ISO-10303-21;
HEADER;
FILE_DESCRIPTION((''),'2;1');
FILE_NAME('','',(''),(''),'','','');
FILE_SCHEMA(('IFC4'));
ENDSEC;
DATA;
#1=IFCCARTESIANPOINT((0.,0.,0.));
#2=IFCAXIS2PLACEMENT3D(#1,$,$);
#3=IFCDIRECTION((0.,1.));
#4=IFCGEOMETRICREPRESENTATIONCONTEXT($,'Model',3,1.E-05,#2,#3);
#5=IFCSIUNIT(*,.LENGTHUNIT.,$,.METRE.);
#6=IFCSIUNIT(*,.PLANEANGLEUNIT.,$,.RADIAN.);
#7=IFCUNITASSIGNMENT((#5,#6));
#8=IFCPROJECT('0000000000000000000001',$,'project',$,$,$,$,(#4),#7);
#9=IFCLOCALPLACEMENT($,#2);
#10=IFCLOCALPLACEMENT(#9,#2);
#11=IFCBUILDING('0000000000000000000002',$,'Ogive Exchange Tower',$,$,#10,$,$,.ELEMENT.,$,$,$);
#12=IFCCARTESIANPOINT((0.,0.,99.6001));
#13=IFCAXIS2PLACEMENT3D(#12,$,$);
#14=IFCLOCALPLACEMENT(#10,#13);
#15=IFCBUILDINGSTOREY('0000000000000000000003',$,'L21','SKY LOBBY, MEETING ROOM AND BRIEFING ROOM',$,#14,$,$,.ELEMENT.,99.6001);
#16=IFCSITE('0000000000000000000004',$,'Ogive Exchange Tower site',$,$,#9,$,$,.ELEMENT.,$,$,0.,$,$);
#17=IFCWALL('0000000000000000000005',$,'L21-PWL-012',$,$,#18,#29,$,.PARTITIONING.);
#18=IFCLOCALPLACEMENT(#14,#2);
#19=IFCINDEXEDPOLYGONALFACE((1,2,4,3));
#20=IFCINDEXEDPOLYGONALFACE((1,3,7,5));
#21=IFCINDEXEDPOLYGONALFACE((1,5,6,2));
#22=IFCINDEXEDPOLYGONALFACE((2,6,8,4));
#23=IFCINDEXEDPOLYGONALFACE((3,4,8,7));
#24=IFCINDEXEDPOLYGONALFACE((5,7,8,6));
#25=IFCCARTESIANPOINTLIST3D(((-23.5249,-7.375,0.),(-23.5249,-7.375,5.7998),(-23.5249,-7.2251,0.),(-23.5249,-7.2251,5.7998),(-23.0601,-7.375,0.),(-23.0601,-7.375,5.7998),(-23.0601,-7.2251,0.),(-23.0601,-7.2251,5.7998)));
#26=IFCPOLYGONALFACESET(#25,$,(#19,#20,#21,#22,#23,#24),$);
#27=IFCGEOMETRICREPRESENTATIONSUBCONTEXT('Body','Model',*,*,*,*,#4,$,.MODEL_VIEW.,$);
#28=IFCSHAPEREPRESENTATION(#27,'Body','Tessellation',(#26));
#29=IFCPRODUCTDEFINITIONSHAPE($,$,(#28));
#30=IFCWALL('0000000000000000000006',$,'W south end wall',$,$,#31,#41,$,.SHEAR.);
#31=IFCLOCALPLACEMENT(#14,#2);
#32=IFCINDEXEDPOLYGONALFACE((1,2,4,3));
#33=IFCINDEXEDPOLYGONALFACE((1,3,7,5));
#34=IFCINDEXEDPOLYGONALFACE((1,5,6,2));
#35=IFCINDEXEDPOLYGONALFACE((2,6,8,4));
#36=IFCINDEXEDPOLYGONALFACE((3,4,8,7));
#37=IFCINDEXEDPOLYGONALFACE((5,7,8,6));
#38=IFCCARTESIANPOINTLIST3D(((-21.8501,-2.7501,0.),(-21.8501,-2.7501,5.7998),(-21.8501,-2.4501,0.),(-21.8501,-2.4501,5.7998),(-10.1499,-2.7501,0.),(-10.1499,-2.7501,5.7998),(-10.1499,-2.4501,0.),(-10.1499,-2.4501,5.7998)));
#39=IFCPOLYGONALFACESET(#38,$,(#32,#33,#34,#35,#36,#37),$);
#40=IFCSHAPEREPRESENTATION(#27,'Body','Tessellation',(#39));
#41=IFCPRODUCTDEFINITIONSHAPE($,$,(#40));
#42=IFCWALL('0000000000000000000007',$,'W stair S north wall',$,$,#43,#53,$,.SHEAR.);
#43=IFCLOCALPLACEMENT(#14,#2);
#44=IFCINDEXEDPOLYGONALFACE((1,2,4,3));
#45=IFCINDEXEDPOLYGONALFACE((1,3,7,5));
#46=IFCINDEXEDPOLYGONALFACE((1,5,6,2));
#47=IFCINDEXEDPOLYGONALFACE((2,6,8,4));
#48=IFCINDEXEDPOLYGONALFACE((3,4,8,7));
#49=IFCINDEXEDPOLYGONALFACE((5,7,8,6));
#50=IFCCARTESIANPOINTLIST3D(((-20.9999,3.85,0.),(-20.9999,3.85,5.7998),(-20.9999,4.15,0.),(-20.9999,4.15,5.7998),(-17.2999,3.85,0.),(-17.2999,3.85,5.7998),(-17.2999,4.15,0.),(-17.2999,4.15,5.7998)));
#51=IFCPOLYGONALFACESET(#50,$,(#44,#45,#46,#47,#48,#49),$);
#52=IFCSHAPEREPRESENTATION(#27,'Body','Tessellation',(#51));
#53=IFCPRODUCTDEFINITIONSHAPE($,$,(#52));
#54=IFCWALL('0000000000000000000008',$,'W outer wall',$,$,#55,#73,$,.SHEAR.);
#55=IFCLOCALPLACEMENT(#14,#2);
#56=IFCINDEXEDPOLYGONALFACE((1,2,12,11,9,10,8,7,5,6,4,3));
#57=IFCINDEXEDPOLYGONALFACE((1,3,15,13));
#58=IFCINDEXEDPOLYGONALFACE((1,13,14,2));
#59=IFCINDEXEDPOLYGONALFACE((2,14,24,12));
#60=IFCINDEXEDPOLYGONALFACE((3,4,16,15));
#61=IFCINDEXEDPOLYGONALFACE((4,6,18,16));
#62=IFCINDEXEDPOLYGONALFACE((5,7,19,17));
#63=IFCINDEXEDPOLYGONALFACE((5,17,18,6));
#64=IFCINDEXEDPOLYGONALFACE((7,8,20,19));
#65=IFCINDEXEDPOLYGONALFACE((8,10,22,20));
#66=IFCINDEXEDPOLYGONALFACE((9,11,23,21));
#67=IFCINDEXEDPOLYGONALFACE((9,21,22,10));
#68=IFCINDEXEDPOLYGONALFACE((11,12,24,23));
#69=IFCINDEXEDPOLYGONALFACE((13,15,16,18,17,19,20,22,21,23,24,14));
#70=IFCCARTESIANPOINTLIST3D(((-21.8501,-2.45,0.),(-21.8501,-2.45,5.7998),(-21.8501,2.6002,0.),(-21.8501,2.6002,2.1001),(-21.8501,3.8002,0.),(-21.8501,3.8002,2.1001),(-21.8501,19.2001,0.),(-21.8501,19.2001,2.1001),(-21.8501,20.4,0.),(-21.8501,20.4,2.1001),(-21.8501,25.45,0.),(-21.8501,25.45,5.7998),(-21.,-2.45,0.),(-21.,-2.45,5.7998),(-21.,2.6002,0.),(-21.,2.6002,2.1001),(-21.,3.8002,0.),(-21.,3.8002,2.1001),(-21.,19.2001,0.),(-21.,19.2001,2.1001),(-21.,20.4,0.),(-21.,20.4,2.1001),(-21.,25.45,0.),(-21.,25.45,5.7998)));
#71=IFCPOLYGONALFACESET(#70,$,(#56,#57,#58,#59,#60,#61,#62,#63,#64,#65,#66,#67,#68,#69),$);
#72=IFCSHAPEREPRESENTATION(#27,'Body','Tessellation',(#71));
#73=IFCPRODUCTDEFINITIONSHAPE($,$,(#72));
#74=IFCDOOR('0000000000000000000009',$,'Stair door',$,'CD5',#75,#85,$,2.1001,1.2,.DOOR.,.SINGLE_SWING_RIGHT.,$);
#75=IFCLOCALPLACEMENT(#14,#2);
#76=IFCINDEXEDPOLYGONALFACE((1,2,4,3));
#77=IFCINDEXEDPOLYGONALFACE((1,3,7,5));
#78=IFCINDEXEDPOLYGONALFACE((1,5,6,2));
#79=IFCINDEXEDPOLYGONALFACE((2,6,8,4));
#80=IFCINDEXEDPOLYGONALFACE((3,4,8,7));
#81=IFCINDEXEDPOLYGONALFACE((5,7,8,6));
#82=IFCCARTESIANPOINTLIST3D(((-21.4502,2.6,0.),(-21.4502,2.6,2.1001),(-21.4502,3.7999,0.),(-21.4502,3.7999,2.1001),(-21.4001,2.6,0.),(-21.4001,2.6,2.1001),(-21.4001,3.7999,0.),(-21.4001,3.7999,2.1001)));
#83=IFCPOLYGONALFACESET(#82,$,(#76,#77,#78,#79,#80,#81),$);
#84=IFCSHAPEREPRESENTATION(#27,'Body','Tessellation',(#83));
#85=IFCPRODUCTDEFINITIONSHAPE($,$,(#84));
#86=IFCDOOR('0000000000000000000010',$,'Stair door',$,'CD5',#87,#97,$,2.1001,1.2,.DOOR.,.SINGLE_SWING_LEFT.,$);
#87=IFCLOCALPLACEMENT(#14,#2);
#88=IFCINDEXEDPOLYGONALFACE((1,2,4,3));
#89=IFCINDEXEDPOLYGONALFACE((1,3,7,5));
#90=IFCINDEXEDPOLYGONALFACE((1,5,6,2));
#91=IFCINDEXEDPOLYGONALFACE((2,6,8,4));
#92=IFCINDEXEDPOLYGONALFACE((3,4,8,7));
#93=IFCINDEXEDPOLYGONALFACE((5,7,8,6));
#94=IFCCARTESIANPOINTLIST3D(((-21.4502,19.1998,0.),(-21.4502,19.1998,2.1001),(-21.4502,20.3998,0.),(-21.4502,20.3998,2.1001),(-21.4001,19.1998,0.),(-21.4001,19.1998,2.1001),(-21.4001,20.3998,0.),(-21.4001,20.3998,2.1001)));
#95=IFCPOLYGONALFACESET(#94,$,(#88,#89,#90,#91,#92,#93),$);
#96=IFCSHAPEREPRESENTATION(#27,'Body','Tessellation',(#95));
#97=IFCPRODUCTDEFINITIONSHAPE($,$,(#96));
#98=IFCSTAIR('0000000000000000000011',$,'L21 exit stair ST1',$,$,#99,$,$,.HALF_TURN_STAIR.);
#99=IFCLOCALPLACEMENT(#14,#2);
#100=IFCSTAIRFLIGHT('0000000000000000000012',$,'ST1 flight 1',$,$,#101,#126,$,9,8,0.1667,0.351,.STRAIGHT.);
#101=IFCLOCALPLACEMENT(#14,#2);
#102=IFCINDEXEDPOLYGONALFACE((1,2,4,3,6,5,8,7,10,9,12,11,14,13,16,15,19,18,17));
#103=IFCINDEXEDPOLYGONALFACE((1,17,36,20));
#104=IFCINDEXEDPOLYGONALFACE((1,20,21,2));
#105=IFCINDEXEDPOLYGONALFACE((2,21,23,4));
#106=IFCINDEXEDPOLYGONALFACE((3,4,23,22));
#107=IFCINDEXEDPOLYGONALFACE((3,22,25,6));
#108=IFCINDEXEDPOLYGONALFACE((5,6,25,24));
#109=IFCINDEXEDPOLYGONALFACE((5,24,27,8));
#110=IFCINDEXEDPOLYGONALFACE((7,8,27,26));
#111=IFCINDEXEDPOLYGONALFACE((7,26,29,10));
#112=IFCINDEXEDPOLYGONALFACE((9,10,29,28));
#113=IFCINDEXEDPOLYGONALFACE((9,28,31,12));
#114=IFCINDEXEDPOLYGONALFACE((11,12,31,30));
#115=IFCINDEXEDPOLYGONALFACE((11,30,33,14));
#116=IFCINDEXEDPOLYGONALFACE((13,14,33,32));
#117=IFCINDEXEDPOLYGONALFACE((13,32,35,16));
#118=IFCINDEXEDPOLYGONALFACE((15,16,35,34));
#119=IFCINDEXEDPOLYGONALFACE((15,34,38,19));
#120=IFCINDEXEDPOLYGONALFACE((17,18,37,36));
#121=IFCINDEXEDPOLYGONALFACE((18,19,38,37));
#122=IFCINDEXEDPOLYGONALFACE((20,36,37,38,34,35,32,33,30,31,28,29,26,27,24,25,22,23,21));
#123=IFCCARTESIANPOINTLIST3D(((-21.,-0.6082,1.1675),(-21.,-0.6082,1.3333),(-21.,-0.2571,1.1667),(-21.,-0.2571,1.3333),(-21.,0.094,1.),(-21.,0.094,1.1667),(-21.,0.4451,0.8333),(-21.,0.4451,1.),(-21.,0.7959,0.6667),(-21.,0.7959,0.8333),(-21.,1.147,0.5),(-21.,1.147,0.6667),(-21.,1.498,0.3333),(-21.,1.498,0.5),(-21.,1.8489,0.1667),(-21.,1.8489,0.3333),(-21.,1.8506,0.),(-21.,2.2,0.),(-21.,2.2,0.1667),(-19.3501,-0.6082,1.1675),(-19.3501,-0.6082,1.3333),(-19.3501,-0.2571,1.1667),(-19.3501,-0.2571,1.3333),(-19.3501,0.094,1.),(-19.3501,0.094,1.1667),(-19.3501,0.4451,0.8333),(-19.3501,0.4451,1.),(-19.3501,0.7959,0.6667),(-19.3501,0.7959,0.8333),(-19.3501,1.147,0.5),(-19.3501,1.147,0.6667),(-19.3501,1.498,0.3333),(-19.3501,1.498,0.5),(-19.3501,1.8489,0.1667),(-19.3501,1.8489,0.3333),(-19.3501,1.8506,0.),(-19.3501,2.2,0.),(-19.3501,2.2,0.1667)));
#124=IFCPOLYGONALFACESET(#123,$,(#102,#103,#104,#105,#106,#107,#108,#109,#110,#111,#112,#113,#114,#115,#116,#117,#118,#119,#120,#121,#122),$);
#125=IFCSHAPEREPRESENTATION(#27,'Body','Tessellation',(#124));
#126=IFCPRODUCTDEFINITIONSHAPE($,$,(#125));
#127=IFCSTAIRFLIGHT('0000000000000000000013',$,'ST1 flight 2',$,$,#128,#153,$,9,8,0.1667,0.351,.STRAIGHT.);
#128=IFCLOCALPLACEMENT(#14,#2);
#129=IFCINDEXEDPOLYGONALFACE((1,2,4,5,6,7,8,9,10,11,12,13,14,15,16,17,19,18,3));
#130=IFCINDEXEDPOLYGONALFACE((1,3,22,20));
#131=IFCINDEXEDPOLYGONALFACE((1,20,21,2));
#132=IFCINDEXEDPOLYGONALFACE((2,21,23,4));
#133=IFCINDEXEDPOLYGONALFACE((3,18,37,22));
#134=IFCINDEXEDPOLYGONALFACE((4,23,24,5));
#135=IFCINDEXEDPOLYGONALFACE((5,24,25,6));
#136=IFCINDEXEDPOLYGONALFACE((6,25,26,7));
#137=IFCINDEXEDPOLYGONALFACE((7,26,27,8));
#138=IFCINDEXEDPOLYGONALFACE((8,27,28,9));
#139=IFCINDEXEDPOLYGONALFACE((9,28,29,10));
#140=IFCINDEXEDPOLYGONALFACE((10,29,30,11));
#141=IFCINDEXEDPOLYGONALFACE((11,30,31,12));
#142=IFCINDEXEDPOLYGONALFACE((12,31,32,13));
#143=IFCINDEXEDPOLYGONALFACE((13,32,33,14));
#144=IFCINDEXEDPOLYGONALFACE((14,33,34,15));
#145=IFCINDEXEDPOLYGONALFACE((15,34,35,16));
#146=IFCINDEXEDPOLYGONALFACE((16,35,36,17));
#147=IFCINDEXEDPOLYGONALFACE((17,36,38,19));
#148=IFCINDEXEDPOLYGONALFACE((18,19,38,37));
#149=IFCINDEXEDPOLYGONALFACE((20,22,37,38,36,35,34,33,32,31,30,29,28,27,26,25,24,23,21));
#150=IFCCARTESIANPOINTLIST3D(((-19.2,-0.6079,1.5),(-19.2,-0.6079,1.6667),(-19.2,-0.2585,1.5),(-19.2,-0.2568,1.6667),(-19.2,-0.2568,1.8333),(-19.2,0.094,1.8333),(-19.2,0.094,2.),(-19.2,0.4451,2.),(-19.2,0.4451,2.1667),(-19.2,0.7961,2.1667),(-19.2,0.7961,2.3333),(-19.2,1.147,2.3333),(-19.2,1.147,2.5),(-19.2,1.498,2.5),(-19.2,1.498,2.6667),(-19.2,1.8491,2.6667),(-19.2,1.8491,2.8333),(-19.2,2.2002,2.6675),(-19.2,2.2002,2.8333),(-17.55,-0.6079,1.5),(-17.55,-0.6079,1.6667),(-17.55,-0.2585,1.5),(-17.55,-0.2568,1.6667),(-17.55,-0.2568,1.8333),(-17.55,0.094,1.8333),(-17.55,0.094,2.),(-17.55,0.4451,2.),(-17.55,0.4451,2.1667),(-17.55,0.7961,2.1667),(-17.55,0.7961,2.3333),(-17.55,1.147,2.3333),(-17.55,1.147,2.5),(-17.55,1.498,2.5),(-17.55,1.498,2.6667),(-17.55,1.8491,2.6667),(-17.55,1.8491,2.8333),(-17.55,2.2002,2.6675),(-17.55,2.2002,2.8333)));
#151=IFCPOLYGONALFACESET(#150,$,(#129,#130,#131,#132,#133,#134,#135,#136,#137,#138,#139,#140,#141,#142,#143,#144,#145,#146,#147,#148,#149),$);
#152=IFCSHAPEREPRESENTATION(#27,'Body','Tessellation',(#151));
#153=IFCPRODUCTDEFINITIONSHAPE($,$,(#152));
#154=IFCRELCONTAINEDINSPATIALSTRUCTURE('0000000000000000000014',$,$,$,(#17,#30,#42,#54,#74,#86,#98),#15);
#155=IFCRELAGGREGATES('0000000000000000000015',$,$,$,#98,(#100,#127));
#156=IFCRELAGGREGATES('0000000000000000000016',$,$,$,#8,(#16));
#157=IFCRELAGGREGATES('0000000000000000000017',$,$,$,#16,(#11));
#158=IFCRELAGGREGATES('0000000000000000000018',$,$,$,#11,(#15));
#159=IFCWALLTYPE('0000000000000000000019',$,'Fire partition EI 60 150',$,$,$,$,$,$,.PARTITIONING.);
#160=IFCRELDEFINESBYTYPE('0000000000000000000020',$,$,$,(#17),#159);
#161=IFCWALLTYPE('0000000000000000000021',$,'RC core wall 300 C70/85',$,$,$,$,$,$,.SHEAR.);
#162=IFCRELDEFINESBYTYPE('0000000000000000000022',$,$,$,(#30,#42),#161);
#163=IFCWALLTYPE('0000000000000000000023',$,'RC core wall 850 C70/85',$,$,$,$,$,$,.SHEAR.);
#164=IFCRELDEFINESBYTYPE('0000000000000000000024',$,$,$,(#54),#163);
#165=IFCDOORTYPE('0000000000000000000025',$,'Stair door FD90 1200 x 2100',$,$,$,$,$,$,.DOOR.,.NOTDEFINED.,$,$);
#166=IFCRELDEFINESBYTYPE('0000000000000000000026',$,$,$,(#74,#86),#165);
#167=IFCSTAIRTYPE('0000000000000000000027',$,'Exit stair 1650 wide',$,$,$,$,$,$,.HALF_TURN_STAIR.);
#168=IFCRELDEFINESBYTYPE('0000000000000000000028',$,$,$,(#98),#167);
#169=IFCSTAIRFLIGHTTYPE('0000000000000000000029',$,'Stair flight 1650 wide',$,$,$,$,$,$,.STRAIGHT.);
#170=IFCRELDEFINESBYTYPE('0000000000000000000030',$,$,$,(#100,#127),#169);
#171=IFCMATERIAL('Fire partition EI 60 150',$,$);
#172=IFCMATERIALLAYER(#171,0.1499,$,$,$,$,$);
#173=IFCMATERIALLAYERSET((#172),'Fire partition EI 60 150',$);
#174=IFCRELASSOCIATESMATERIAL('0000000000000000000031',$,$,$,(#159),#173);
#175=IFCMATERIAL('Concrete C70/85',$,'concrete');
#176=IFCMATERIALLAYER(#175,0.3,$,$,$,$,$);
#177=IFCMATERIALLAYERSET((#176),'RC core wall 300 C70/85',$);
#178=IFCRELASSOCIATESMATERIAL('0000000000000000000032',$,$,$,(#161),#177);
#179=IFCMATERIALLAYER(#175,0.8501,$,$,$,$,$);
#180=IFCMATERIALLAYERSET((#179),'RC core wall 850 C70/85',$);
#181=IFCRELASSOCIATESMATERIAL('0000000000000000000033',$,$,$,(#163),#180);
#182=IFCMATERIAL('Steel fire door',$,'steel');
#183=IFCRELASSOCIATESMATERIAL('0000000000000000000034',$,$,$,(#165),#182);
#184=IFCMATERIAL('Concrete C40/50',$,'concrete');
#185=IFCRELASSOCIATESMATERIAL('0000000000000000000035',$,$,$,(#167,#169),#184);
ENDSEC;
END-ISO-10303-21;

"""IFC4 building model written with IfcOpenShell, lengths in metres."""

from ifc_helpers import new_model, si_unit, direction, frame, frame_2d, origin, place, context, subcontext, project, spatial, polyline, rectangle, outline, extrude, material, layer, layer_set, type_object, element, fill, aggregate, save


model = new_model("IFC4")

# Units and contexts
model_context = context("Model", 3, precision=1e-05, world=origin(), true_north=direction((0.0, 1.0)))
body_context = subcontext(model_context, "Body", "Model", "MODEL_VIEW")
ifc_project = project(units=[si_unit("LENGTHUNIT", "METRE"), si_unit("PLANEANGLEUNIT", "RADIAN")], contexts=[model_context])

# Site, building, storey
site_placement = place(None, origin())
site = spatial("IfcSite", under=ifc_project, at=site_placement, Name="Ogive Exchange Tower site", CompositionType="ELEMENT", RefElevation=0.0)
building_placement = place(site_placement, origin())
building = spatial("IfcBuilding", under=site, at=building_placement, Name="Ogive Exchange Tower", CompositionType="ELEMENT")
storey_placement = place(building_placement, frame((0.0, 0.0, 99.6001)))
storey = spatial("IfcBuildingStorey", under=building, at=storey_placement, Name="L21", Description="SKY LOBBY, MEETING ROOM AND BRIEFING ROOM", CompositionType="ELEMENT", Elevation=99.6001)

# Walls
ifc_material_1 = material(Name="Fire partition EI 60 150")
ifc_layer_1 = layer(ifc_material_1, 0.1499)
ifc_layer_set_1 = layer_set([ifc_layer_1], Name="Fire partition EI 60 150")
wall_type_1 = type_object("IfcWallType", Name="Fire partition EI 60 150", PredefinedType="PARTITIONING", material=ifc_layer_set_1)
wall_1_placement = place(storey_placement, frame((-23.0601, -7.3, 0.0), z_axis=(0.0, 0.0, 1.0), x_axis=(-1.0, 0.0, 0.0)))
element("IfcWall", 1, at=wall_1_placement, inside=storey, type_object=wall_type_1, Name="L21-PWL-012", PredefinedType="PARTITIONING", context=body_context, shape_type="SweptSolid", body=[
    extrude(rectangle(XDim=0.4648, YDim=0.1499, at=frame_2d((0.2324, 0.0))), origin(), (0.0, 0.0, 1.0), 5.7998),
])
ifc_material_2 = material(Name="Concrete C70/85", Category="concrete")
ifc_layer_2 = layer(ifc_material_2, 0.3)
ifc_layer_set_2 = layer_set([ifc_layer_2], Name="RC core wall 300 C70/85")
wall_type_2 = type_object("IfcWallType", Name="RC core wall 300 C70/85", PredefinedType="SHEAR", material=ifc_layer_set_2)
wall_2_placement = place(storey_placement, frame((-21.8501, -2.6001, 0.0), z_axis=(0.0, 0.0, 1.0), x_axis=(1.0, 0.0, 0.0)))
element("IfcWall", 2, at=wall_2_placement, inside=storey, type_object=wall_type_2, Name="W south end wall", PredefinedType="SHEAR", context=body_context, shape_type="SweptSolid", body=[
    extrude(rectangle(XDim=11.7002, YDim=0.3, at=frame_2d((5.8501, 0.0))), origin(), (0.0, 0.0, 1.0), 5.7998),
])
wall_3_placement = place(storey_placement, frame((-21.0, 4.0, 0.0), z_axis=(0.0, 0.0, 1.0), x_axis=(1.0, 0.0, 0.0)))
element("IfcWall", 3, at=wall_3_placement, inside=storey, type_object=wall_type_2, Name="W stair S north wall", PredefinedType="SHEAR", context=body_context, shape_type="SweptSolid", body=[
    extrude(rectangle(XDim=3.7, YDim=0.3, at=frame_2d((1.8501, 0.0))), origin(), (0.0, 0.0, 1.0), 5.7998),
])

# Wall, openings, doors
ifc_layer_3 = layer(ifc_material_2, 0.8501)
ifc_layer_set_3 = layer_set([ifc_layer_3], Name="RC core wall 850 C70/85")
wall_type_3 = type_object("IfcWallType", Name="RC core wall 850 C70/85", PredefinedType="SHEAR", material=ifc_layer_set_3)
wall_4_placement = place(storey_placement, frame((-21.425, -2.45, 0.0), z_axis=(0.0, 0.0, 1.0), x_axis=(0.0, 1.0, 0.0)))
wall_4 = element("IfcWall", 4, at=wall_4_placement, inside=storey, type_object=wall_type_3, Name="W outer wall", PredefinedType="SHEAR", context=body_context, shape_type="SweptSolid", body=[
    extrude(rectangle(XDim=27.8999, YDim=0.8501, at=frame_2d((13.95, 0.0))), origin(), (0.0, 0.0, 1.0), 5.7998),
])
opening_1_placement = place(wall_4_placement, frame((5.05, 0.0, 0.0)))
opening_1 = element("IfcOpeningElement", 5, at=opening_1_placement, cuts=wall_4, PredefinedType="OPENING", context=body_context, shape_type="SweptSolid", body=[
    extrude(rectangle(XDim=1.2, YDim=2.1001, at=frame_2d((0.6001, 1.05))), frame((0.0, 0.4351, 0.0), z_axis=(0.0, -1.0, 0.0), x_axis=(1.0, 0.0, 0.0)), (0.0, 0.0, 1.0), 0.8701),
])
opening_2_placement = place(wall_4_placement, frame((21.6499, 0.0, 0.0)))
opening_2 = element("IfcOpeningElement", 6, at=opening_2_placement, cuts=wall_4, PredefinedType="OPENING", context=body_context, shape_type="SweptSolid", body=[
    extrude(rectangle(XDim=1.2, YDim=2.1001, at=frame_2d((0.6001, 1.05))), frame((0.0, 0.4351, 0.0), z_axis=(0.0, -1.0, 0.0), x_axis=(1.0, 0.0, 0.0)), (0.0, 0.0, 1.0), 0.8701),
])
ifc_material_3 = material(Name="Steel fire door", Category="steel")
door_type = type_object("IfcDoorType", Name="Stair door FD90 1200 x 2100", OperationType="NOTDEFINED", PredefinedType="DOOR", material=ifc_material_3)
door_1_placement = place(opening_1_placement, frame((1.2, 0.0, 0.0), z_axis=(0.0, 0.0, 1.0), x_axis=(-1.0, 0.0, 0.0)))
door_1 = element("IfcDoor", 7, at=door_1_placement, inside=storey, type_object=door_type, Name="Stair door", ObjectType="CD5", OperationType="SINGLE_SWING_RIGHT", OverallHeight=2.1001, OverallWidth=1.2, PredefinedType="DOOR", context=body_context, shape_type="SweptSolid", body=[
    extrude(rectangle(XDim=1.2, YDim=2.1001, at=frame_2d((0.6001, 1.05))), frame((0.0, 0.0249, 0.0), z_axis=(0.0, -1.0, 0.0), x_axis=(1.0, 0.0, 0.0)), (0.0, 0.0, 1.0), 0.05),
])
fill(opening_1, door_1)
door_2_placement = place(opening_2_placement, frame((1.2, 0.0, 0.0), z_axis=(0.0, 0.0, 1.0), x_axis=(-1.0, 0.0, 0.0)))
door_2 = element("IfcDoor", 8, at=door_2_placement, inside=storey, type_object=door_type, Name="Stair door", ObjectType="CD5", OperationType="SINGLE_SWING_LEFT", OverallHeight=2.1001, OverallWidth=1.2, PredefinedType="DOOR", context=body_context, shape_type="SweptSolid", body=[
    extrude(rectangle(XDim=1.2, YDim=2.1001, at=frame_2d((0.6001, 1.05))), frame((0.0, 0.0249, 0.0), z_axis=(0.0, -1.0, 0.0), x_axis=(1.0, 0.0, 0.0)), (0.0, 0.0, 1.0), 0.05),
])
fill(opening_2, door_2)

# Stair, stair flights
ifc_material_4 = material(Name="Concrete C40/50", Category="concrete")
stair_type = type_object("IfcStairType", Name="Exit stair 1650 wide", PredefinedType="HALF_TURN_STAIR", material=ifc_material_4)
stair_placement = place(storey_placement, origin())
stair = element("IfcStair", 9, at=stair_placement, inside=storey, type_object=stair_type, Name="L21 exit stair ST1", PredefinedType="HALF_TURN_STAIR")
stair_flight_type = type_object("IfcStairFlightType", Name="Stair flight 1650 wide", PredefinedType="STRAIGHT", material=ifc_material_4)
stair_flight_1_placement = place(storey_placement, frame((-20.175, 2.2, 0.0), z_axis=(0.0, 0.0, 1.0), x_axis=(0.0, -1.0, 0.0)))
stair_flight_1 = element("IfcStairFlight", 10, at=stair_flight_1_placement, type_object=stair_flight_type, Name="ST1 flight 1", NumberOfRisers=9, NumberOfTreads=8, PredefinedType="STRAIGHT", RiserHeight=0.1667, TreadLength=0.351, context=body_context, shape_type="SweptSolid", body=[
    extrude(outline(polyline([(0.0, 0.0), (0.0, 0.1667), (0.3511, 0.1667), (0.3511, 0.3333), (0.7019, 0.3333), (0.7019, 0.5), (1.053, 0.5), (1.053, 0.6667), (1.4041, 0.6667), (1.4041, 0.8333), (1.7549, 0.8333), (1.7549, 1.0), (2.106, 1.0), (2.106, 1.1667), (2.457, 1.1667), (2.457, 1.3333), (2.8081, 1.3333), (2.8081, 1.5), (2.8081, 1.1675), (0.3494, 0.0), (0.0, 0.0)])), frame((0.0, 0.825, 0.0), z_axis=(0.0, -1.0, 0.0), x_axis=(1.0, 0.0, 0.0)), (0.0, 0.0, 1.0), 1.6499),
])
stair_flight_2_placement = place(storey_placement, frame((-18.375, -0.6079, 1.5), z_axis=(0.0, 0.0, 1.0), x_axis=(0.0, 1.0, 0.0)))
stair_flight_2 = element("IfcStairFlight", 11, at=stair_flight_2_placement, type_object=stair_flight_type, Name="ST1 flight 2", NumberOfRisers=9, NumberOfTreads=8, PredefinedType="STRAIGHT", RiserHeight=0.1667, TreadLength=0.351, context=body_context, shape_type="SweptSolid", body=[
    extrude(outline(polyline([(0.0, 0.0), (0.0, 0.1667), (0.3511, 0.1667), (0.3511, 0.3333), (0.7019, 0.3333), (0.7019, 0.5), (1.053, 0.5), (1.053, 0.6667), (1.4041, 0.6667), (1.4041, 0.8333), (1.7549, 0.8333), (1.7549, 1.0), (2.106, 1.0), (2.106, 1.1667), (2.457, 1.1667), (2.457, 1.3333), (2.8081, 1.3333), (2.8081, 1.5), (2.8081, 1.1675), (0.3494, 0.0), (0.0, 0.0)])), frame((0.0, 0.825, 0.0), z_axis=(0.0, -1.0, 0.0), x_axis=(1.0, 0.0, 0.0)), (0.0, 0.0, 1.0), 1.6499),
])
aggregate(stair, [stair_flight_1, stair_flight_2])

save(model, "model.ifc")
